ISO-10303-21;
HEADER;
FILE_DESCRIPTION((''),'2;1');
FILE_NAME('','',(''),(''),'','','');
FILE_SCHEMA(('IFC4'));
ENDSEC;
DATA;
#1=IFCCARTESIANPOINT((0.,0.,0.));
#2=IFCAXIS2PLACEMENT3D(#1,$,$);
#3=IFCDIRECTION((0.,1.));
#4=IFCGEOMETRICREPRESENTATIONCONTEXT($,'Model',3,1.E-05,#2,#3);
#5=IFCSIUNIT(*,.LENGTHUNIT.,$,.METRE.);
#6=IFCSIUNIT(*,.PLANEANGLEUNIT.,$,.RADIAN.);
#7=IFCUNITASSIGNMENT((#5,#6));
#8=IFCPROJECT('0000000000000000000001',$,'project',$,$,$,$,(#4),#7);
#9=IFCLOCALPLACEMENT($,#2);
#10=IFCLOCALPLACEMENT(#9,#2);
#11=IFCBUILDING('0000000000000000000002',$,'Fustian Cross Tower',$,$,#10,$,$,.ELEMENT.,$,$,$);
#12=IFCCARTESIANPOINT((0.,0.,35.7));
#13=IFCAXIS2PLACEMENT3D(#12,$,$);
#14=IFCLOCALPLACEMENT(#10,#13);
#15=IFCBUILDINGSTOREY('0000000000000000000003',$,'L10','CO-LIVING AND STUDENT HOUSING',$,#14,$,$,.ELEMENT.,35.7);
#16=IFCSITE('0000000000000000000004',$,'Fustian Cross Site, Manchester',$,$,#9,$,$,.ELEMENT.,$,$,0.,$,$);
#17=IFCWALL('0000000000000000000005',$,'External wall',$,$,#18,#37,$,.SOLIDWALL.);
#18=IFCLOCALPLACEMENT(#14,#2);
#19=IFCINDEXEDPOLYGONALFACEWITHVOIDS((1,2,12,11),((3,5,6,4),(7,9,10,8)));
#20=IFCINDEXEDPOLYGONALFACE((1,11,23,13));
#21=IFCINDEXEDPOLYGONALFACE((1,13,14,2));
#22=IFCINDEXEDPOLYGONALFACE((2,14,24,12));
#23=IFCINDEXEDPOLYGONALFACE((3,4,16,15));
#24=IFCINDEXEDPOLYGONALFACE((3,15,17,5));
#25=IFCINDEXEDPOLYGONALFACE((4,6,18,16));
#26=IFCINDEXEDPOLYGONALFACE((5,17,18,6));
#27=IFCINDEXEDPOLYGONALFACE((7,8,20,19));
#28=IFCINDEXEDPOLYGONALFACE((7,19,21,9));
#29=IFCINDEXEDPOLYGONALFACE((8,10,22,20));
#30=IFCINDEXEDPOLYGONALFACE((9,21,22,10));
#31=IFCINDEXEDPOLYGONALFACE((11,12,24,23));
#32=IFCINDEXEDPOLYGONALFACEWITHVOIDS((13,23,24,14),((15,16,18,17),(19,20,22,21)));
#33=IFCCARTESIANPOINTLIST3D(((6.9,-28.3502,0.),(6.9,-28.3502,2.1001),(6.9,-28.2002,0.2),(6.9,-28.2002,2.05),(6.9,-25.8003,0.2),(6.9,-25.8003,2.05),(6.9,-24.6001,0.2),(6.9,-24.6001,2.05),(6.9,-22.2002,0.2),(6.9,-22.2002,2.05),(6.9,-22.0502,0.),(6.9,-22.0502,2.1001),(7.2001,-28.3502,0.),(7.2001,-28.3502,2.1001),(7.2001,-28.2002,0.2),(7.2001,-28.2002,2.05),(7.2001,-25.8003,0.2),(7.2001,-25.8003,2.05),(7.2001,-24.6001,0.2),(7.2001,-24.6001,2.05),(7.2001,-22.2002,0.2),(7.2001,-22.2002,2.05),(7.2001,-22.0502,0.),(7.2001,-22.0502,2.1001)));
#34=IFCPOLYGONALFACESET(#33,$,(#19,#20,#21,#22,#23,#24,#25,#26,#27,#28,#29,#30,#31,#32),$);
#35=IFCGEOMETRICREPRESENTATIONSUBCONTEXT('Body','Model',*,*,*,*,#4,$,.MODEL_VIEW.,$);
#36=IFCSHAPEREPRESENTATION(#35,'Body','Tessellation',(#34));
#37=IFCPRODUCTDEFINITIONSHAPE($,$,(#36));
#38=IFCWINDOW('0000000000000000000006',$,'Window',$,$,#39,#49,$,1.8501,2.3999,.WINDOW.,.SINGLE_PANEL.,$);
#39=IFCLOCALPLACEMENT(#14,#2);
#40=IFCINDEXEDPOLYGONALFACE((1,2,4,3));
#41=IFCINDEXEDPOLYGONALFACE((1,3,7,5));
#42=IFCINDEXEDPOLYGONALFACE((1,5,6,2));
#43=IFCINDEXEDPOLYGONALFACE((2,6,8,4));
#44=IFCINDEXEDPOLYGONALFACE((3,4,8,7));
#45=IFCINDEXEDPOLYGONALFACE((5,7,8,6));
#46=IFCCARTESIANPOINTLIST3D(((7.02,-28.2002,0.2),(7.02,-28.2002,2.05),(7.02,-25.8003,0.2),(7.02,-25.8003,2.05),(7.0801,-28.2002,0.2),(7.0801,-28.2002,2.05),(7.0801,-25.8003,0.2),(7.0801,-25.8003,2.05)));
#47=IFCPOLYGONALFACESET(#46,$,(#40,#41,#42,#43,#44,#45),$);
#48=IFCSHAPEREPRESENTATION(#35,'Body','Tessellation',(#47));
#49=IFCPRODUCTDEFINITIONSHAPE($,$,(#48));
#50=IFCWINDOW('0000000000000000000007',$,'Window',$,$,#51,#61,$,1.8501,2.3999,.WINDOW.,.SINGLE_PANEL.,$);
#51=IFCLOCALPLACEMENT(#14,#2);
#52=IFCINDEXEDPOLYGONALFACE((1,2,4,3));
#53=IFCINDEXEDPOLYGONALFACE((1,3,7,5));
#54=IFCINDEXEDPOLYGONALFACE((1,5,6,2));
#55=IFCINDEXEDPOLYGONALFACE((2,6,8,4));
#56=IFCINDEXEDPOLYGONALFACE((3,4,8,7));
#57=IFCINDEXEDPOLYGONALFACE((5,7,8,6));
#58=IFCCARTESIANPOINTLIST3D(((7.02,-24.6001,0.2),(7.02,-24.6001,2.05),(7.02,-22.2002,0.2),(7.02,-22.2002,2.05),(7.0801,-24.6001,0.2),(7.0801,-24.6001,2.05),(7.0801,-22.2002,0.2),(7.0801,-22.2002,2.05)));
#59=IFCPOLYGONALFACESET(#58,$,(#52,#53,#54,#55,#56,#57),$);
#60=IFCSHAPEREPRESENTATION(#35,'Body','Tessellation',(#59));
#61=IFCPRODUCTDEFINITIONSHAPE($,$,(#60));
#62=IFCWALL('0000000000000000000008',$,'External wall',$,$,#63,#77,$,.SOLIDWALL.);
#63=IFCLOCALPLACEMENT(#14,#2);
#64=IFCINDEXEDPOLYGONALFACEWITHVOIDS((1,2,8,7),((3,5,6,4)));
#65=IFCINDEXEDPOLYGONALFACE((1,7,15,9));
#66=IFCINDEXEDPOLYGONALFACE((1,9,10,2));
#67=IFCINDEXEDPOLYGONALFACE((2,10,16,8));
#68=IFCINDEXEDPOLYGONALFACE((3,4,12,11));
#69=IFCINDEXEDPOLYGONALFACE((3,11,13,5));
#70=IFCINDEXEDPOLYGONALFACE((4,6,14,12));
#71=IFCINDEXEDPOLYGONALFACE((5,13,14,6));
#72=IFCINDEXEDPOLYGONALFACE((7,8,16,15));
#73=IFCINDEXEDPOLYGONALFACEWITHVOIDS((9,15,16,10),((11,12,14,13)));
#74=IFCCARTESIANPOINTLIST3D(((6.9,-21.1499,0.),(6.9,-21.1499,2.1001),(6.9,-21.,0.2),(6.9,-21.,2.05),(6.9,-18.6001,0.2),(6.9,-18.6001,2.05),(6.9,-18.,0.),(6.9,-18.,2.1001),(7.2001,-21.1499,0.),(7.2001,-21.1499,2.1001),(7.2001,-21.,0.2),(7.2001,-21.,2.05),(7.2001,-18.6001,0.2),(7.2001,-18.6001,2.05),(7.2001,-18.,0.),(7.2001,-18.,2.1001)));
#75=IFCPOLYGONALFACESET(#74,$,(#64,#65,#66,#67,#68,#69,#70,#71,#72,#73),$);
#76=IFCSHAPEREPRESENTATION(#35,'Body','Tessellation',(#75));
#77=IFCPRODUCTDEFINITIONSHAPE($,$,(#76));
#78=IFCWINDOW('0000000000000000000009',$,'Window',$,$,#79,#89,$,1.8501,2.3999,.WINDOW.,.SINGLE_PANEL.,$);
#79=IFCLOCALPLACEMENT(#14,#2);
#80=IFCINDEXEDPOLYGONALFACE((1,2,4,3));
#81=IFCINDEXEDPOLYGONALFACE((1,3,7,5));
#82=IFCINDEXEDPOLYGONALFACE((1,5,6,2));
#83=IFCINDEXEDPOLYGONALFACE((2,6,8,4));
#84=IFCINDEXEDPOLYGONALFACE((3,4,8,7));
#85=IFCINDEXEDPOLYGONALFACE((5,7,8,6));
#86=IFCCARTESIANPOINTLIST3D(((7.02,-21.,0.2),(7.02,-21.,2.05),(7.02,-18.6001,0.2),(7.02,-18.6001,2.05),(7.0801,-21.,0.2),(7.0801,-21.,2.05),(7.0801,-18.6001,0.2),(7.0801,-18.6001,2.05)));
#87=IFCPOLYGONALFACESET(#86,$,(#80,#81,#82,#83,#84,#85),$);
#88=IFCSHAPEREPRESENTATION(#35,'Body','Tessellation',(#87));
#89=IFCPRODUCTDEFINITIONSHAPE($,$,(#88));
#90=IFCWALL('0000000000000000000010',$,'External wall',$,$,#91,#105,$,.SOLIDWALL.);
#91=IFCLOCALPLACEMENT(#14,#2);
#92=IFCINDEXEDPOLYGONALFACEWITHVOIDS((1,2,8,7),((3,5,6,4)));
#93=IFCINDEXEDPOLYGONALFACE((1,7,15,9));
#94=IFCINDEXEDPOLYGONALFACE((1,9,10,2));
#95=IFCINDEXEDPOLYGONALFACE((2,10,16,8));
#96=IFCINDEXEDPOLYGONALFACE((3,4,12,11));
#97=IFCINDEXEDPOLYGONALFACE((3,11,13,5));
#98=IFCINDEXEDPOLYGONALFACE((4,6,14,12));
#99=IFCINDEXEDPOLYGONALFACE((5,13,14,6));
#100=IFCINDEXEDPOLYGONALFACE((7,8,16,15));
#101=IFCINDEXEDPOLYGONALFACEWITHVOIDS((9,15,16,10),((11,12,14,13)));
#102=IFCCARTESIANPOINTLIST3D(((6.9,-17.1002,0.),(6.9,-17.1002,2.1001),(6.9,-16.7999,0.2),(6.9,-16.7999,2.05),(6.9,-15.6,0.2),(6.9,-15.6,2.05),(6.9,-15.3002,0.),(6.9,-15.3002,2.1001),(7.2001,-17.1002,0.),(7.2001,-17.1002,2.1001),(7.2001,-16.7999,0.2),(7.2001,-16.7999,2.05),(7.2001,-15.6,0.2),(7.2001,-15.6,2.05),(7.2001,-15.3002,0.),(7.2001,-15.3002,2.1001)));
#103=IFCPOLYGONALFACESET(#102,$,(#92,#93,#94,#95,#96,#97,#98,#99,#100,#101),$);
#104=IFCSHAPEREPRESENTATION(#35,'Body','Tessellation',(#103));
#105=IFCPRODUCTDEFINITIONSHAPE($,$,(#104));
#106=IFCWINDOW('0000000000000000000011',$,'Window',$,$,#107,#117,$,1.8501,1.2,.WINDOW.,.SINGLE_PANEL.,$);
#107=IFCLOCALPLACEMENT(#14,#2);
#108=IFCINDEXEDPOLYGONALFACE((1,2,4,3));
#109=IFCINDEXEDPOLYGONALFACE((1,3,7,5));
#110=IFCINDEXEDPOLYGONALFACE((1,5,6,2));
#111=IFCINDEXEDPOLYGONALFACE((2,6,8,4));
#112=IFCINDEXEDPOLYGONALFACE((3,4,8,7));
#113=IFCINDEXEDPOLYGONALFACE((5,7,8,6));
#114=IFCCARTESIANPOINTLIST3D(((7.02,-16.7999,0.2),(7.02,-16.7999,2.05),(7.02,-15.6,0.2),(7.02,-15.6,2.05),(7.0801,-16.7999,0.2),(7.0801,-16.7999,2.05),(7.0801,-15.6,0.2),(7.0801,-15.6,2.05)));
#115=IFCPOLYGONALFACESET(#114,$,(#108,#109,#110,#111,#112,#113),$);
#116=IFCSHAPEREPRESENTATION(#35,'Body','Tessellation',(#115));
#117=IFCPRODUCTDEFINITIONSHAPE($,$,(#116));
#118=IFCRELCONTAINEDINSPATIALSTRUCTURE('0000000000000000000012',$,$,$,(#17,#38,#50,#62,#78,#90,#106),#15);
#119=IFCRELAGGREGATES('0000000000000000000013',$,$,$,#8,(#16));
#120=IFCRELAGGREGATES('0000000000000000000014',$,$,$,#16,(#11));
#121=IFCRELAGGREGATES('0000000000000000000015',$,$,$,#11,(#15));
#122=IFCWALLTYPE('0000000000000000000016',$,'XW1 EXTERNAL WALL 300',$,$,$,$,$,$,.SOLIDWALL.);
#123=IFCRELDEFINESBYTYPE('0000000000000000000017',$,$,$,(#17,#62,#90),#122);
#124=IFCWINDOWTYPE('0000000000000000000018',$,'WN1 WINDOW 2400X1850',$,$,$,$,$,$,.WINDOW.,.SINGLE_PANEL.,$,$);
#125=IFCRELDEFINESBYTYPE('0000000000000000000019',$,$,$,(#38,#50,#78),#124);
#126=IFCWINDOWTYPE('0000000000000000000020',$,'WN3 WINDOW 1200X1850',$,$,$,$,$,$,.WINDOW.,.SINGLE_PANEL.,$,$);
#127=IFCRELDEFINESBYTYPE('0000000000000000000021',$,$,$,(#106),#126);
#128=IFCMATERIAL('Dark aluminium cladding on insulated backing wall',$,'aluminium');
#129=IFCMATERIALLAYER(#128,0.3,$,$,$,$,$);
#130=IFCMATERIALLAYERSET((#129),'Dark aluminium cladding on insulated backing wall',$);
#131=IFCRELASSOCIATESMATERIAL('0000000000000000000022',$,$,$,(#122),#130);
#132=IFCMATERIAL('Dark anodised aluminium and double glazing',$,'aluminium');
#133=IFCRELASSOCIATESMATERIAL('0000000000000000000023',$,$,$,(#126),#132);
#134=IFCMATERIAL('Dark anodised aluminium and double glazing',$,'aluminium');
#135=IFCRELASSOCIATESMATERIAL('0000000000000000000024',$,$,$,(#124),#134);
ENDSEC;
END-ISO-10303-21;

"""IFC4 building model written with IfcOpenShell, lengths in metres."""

from ifc_helpers import new_model, si_unit, direction, frame, frame_2d, origin, place, context, subcontext, project, spatial, rectangle, extrude, material, layer, layer_set, type_object, element, fill, save


model = new_model("IFC4")

# Units and contexts
model_context = context("Model", 3, precision=1e-05, world=origin(), true_north=direction((0.0, 1.0)))
body_context = subcontext(model_context, "Body", "Model", "MODEL_VIEW")
ifc_project = project(units=[si_unit("LENGTHUNIT", "METRE"), si_unit("PLANEANGLEUNIT", "RADIAN")], contexts=[model_context])

# Site, building, storey
site_placement = place(None, origin())
site = spatial("IfcSite", under=ifc_project, at=site_placement, Name="Fustian Cross Site, Manchester", CompositionType="ELEMENT", RefElevation=0.0)
building_placement = place(site_placement, origin())
building = spatial("IfcBuilding", under=site, at=building_placement, Name="Fustian Cross Tower", CompositionType="ELEMENT")
storey_placement = place(building_placement, frame((0.0, 0.0, 35.7)))
storey = spatial("IfcBuildingStorey", under=building, at=storey_placement, Name="L10", Description="CO-LIVING AND STUDENT HOUSING", CompositionType="ELEMENT", Elevation=35.7)

# Shared definitions
ifc_material_1 = material(Name="Dark aluminium cladding on insulated backing wall", Category="aluminium")
ifc_layer_1 = layer(ifc_material_1, 0.3)
ifc_layer_set_1 = layer_set([ifc_layer_1], Name="Dark aluminium cladding on insulated backing wall")
wall_type_1 = type_object("IfcWallType", Name="XW1 EXTERNAL WALL 300", PredefinedType="SOLIDWALL", material=ifc_layer_set_1)
ifc_material_2 = material(Name="Dark anodised aluminium and double glazing", Category="aluminium")
window_type_1 = type_object("IfcWindowType", Name="WN3 WINDOW 1200X1850", PartitioningType="SINGLE_PANEL", PredefinedType="WINDOW", material=ifc_material_2)

# Shared definitions
ifc_material_3 = material(Name="Dark anodised aluminium and double glazing", Category="aluminium")
window_type_2 = type_object("IfcWindowType", Name="WN1 WINDOW 2400X1850", PartitioningType="SINGLE_PANEL", PredefinedType="WINDOW", material=ifc_material_3)

# Wall, openings, windows
wall_1_placement = place(storey_placement, frame((7.05, -28.3501, 0.0), z_axis=(0.0, 0.0, 1.0), x_axis=(0.0, 1.0, 0.0)))
wall_1 = element("IfcWall", 1, at=wall_1_placement, inside=storey, type_object=wall_type_1, Name="External wall", PredefinedType="SOLIDWALL", context=body_context, shape_type="SweptSolid", body=[
    extrude(rectangle(XDim=6.3, YDim=0.3, at=frame_2d((3.1499, 0.0))), origin(), (0.0, 0.0, 1.0), 2.1001),
])
opening_1_placement = place(wall_1_placement, frame((0.1499, 0.0, 0.2)))
opening_1 = element("IfcOpeningElement", 2, at=opening_1_placement, cuts=wall_1, PredefinedType="OPENING", context=body_context, shape_type="SweptSolid", body=[
    extrude(rectangle(XDim=2.3999, YDim=1.8501, at=frame_2d((1.2, 0.925))), frame((0.0, 0.1599, 0.0), z_axis=(0.0, -1.0, 0.0), x_axis=(1.0, 0.0, 0.0)), (0.0, 0.0, 1.0), 0.3201),
])
opening_2_placement = place(wall_1_placement, frame((3.75, 0.0, 0.2)))
opening_2 = element("IfcOpeningElement", 3, at=opening_2_placement, cuts=wall_1, PredefinedType="OPENING", context=body_context, shape_type="SweptSolid", body=[
    extrude(rectangle(XDim=2.3999, YDim=1.8501, at=frame_2d((1.2, 0.925))), frame((0.0, 0.1599, 0.0), z_axis=(0.0, -1.0, 0.0), x_axis=(1.0, 0.0, 0.0)), (0.0, 0.0, 1.0), 0.3201),
])
window_1_placement = place(opening_1_placement, origin())
window_1 = element("IfcWindow", 4, at=window_1_placement, inside=storey, type_object=window_type_2, Name="Window", OverallHeight=1.8501, OverallWidth=2.3999, PartitioningType="SINGLE_PANEL", PredefinedType="WINDOW", context=body_context, shape_type="SweptSolid", body=[
    extrude(rectangle(XDim=2.3999, YDim=1.8501, at=frame_2d((1.2, 0.925))), frame((0.0, 0.03, 0.0), z_axis=(0.0, -1.0, 0.0), x_axis=(1.0, 0.0, 0.0)), (0.0, 0.0, 1.0), 0.0601),
])
fill(opening_1, window_1)
window_2_placement = place(opening_2_placement, origin())
window_2 = element("IfcWindow", 5, at=window_2_placement, inside=storey, type_object=window_type_2, Name="Window", OverallHeight=1.8501, OverallWidth=2.3999, PartitioningType="SINGLE_PANEL", PredefinedType="WINDOW", context=body_context, shape_type="SweptSolid", body=[
    extrude(rectangle(XDim=2.3999, YDim=1.8501, at=frame_2d((1.2, 0.925))), frame((0.0, 0.03, 0.0), z_axis=(0.0, -1.0, 0.0), x_axis=(1.0, 0.0, 0.0)), (0.0, 0.0, 1.0), 0.0601),
])
fill(opening_2, window_2)

# Walls, openings, windows
wall_2_placement = place(storey_placement, frame((7.05, -21.1499, 0.0), z_axis=(0.0, 0.0, 1.0), x_axis=(0.0, 1.0, 0.0)))
wall_2 = element("IfcWall", 6, at=wall_2_placement, inside=storey, type_object=wall_type_1, Name="External wall", PredefinedType="SOLIDWALL", context=body_context, shape_type="SweptSolid", body=[
    extrude(rectangle(XDim=3.1499, YDim=0.3, at=frame_2d((1.575, 0.0))), origin(), (0.0, 0.0, 1.0), 2.1001),
])
opening_3_placement = place(wall_2_placement, frame((0.1499, 0.0, 0.2)))
opening_3 = element("IfcOpeningElement", 7, at=opening_3_placement, cuts=wall_2, PredefinedType="OPENING", context=body_context, shape_type="SweptSolid", body=[
    extrude(rectangle(XDim=2.3999, YDim=1.8501, at=frame_2d((1.2, 0.925))), frame((0.0, 0.1599, 0.0), z_axis=(0.0, -1.0, 0.0), x_axis=(1.0, 0.0, 0.0)), (0.0, 0.0, 1.0), 0.3201),
])
window_3_placement = place(opening_3_placement, origin())
window_3 = element("IfcWindow", 8, at=window_3_placement, inside=storey, type_object=window_type_2, Name="Window", OverallHeight=1.8501, OverallWidth=2.3999, PartitioningType="SINGLE_PANEL", PredefinedType="WINDOW", context=body_context, shape_type="SweptSolid", body=[
    extrude(rectangle(XDim=2.3999, YDim=1.8501, at=frame_2d((1.2, 0.925))), frame((0.0, 0.03, 0.0), z_axis=(0.0, -1.0, 0.0), x_axis=(1.0, 0.0, 0.0)), (0.0, 0.0, 1.0), 0.0601),
])
fill(opening_3, window_3)
wall_3_placement = place(storey_placement, frame((7.05, -17.1001, 0.0), z_axis=(0.0, 0.0, 1.0), x_axis=(0.0, 1.0, 0.0)))
wall_3 = element("IfcWall", 9, at=wall_3_placement, inside=storey, type_object=wall_type_1, Name="External wall", PredefinedType="SOLIDWALL", context=body_context, shape_type="SweptSolid", body=[
    extrude(rectangle(XDim=1.8, YDim=0.3, at=frame_2d((0.8999, 0.0))), origin(), (0.0, 0.0, 1.0), 2.1001),
])
opening_4_placement = place(wall_3_placement, frame((0.3, 0.0, 0.2)))
opening_4 = element("IfcOpeningElement", 10, at=opening_4_placement, cuts=wall_3, PredefinedType="OPENING", context=body_context, shape_type="SweptSolid", body=[
    extrude(rectangle(XDim=1.2, YDim=1.8501, at=frame_2d((0.6001, 0.925))), frame((0.0, 0.1599, 0.0), z_axis=(0.0, -1.0, 0.0), x_axis=(1.0, 0.0, 0.0)), (0.0, 0.0, 1.0), 0.3201),
])
window_4_placement = place(opening_4_placement, origin())
window_4 = element("IfcWindow", 11, at=window_4_placement, inside=storey, type_object=window_type_1, Name="Window", OverallHeight=1.8501, OverallWidth=1.2, PartitioningType="SINGLE_PANEL", PredefinedType="WINDOW", context=body_context, shape_type="SweptSolid", body=[
    extrude(rectangle(XDim=1.2, YDim=1.8501, at=frame_2d((0.6001, 0.925))), frame((0.0, 0.03, 0.0), z_axis=(0.0, -1.0, 0.0), x_axis=(1.0, 0.0, 0.0)), (0.0, 0.0, 1.0), 0.0601),
])
fill(opening_4, window_4)

save(model, "model.ifc")
